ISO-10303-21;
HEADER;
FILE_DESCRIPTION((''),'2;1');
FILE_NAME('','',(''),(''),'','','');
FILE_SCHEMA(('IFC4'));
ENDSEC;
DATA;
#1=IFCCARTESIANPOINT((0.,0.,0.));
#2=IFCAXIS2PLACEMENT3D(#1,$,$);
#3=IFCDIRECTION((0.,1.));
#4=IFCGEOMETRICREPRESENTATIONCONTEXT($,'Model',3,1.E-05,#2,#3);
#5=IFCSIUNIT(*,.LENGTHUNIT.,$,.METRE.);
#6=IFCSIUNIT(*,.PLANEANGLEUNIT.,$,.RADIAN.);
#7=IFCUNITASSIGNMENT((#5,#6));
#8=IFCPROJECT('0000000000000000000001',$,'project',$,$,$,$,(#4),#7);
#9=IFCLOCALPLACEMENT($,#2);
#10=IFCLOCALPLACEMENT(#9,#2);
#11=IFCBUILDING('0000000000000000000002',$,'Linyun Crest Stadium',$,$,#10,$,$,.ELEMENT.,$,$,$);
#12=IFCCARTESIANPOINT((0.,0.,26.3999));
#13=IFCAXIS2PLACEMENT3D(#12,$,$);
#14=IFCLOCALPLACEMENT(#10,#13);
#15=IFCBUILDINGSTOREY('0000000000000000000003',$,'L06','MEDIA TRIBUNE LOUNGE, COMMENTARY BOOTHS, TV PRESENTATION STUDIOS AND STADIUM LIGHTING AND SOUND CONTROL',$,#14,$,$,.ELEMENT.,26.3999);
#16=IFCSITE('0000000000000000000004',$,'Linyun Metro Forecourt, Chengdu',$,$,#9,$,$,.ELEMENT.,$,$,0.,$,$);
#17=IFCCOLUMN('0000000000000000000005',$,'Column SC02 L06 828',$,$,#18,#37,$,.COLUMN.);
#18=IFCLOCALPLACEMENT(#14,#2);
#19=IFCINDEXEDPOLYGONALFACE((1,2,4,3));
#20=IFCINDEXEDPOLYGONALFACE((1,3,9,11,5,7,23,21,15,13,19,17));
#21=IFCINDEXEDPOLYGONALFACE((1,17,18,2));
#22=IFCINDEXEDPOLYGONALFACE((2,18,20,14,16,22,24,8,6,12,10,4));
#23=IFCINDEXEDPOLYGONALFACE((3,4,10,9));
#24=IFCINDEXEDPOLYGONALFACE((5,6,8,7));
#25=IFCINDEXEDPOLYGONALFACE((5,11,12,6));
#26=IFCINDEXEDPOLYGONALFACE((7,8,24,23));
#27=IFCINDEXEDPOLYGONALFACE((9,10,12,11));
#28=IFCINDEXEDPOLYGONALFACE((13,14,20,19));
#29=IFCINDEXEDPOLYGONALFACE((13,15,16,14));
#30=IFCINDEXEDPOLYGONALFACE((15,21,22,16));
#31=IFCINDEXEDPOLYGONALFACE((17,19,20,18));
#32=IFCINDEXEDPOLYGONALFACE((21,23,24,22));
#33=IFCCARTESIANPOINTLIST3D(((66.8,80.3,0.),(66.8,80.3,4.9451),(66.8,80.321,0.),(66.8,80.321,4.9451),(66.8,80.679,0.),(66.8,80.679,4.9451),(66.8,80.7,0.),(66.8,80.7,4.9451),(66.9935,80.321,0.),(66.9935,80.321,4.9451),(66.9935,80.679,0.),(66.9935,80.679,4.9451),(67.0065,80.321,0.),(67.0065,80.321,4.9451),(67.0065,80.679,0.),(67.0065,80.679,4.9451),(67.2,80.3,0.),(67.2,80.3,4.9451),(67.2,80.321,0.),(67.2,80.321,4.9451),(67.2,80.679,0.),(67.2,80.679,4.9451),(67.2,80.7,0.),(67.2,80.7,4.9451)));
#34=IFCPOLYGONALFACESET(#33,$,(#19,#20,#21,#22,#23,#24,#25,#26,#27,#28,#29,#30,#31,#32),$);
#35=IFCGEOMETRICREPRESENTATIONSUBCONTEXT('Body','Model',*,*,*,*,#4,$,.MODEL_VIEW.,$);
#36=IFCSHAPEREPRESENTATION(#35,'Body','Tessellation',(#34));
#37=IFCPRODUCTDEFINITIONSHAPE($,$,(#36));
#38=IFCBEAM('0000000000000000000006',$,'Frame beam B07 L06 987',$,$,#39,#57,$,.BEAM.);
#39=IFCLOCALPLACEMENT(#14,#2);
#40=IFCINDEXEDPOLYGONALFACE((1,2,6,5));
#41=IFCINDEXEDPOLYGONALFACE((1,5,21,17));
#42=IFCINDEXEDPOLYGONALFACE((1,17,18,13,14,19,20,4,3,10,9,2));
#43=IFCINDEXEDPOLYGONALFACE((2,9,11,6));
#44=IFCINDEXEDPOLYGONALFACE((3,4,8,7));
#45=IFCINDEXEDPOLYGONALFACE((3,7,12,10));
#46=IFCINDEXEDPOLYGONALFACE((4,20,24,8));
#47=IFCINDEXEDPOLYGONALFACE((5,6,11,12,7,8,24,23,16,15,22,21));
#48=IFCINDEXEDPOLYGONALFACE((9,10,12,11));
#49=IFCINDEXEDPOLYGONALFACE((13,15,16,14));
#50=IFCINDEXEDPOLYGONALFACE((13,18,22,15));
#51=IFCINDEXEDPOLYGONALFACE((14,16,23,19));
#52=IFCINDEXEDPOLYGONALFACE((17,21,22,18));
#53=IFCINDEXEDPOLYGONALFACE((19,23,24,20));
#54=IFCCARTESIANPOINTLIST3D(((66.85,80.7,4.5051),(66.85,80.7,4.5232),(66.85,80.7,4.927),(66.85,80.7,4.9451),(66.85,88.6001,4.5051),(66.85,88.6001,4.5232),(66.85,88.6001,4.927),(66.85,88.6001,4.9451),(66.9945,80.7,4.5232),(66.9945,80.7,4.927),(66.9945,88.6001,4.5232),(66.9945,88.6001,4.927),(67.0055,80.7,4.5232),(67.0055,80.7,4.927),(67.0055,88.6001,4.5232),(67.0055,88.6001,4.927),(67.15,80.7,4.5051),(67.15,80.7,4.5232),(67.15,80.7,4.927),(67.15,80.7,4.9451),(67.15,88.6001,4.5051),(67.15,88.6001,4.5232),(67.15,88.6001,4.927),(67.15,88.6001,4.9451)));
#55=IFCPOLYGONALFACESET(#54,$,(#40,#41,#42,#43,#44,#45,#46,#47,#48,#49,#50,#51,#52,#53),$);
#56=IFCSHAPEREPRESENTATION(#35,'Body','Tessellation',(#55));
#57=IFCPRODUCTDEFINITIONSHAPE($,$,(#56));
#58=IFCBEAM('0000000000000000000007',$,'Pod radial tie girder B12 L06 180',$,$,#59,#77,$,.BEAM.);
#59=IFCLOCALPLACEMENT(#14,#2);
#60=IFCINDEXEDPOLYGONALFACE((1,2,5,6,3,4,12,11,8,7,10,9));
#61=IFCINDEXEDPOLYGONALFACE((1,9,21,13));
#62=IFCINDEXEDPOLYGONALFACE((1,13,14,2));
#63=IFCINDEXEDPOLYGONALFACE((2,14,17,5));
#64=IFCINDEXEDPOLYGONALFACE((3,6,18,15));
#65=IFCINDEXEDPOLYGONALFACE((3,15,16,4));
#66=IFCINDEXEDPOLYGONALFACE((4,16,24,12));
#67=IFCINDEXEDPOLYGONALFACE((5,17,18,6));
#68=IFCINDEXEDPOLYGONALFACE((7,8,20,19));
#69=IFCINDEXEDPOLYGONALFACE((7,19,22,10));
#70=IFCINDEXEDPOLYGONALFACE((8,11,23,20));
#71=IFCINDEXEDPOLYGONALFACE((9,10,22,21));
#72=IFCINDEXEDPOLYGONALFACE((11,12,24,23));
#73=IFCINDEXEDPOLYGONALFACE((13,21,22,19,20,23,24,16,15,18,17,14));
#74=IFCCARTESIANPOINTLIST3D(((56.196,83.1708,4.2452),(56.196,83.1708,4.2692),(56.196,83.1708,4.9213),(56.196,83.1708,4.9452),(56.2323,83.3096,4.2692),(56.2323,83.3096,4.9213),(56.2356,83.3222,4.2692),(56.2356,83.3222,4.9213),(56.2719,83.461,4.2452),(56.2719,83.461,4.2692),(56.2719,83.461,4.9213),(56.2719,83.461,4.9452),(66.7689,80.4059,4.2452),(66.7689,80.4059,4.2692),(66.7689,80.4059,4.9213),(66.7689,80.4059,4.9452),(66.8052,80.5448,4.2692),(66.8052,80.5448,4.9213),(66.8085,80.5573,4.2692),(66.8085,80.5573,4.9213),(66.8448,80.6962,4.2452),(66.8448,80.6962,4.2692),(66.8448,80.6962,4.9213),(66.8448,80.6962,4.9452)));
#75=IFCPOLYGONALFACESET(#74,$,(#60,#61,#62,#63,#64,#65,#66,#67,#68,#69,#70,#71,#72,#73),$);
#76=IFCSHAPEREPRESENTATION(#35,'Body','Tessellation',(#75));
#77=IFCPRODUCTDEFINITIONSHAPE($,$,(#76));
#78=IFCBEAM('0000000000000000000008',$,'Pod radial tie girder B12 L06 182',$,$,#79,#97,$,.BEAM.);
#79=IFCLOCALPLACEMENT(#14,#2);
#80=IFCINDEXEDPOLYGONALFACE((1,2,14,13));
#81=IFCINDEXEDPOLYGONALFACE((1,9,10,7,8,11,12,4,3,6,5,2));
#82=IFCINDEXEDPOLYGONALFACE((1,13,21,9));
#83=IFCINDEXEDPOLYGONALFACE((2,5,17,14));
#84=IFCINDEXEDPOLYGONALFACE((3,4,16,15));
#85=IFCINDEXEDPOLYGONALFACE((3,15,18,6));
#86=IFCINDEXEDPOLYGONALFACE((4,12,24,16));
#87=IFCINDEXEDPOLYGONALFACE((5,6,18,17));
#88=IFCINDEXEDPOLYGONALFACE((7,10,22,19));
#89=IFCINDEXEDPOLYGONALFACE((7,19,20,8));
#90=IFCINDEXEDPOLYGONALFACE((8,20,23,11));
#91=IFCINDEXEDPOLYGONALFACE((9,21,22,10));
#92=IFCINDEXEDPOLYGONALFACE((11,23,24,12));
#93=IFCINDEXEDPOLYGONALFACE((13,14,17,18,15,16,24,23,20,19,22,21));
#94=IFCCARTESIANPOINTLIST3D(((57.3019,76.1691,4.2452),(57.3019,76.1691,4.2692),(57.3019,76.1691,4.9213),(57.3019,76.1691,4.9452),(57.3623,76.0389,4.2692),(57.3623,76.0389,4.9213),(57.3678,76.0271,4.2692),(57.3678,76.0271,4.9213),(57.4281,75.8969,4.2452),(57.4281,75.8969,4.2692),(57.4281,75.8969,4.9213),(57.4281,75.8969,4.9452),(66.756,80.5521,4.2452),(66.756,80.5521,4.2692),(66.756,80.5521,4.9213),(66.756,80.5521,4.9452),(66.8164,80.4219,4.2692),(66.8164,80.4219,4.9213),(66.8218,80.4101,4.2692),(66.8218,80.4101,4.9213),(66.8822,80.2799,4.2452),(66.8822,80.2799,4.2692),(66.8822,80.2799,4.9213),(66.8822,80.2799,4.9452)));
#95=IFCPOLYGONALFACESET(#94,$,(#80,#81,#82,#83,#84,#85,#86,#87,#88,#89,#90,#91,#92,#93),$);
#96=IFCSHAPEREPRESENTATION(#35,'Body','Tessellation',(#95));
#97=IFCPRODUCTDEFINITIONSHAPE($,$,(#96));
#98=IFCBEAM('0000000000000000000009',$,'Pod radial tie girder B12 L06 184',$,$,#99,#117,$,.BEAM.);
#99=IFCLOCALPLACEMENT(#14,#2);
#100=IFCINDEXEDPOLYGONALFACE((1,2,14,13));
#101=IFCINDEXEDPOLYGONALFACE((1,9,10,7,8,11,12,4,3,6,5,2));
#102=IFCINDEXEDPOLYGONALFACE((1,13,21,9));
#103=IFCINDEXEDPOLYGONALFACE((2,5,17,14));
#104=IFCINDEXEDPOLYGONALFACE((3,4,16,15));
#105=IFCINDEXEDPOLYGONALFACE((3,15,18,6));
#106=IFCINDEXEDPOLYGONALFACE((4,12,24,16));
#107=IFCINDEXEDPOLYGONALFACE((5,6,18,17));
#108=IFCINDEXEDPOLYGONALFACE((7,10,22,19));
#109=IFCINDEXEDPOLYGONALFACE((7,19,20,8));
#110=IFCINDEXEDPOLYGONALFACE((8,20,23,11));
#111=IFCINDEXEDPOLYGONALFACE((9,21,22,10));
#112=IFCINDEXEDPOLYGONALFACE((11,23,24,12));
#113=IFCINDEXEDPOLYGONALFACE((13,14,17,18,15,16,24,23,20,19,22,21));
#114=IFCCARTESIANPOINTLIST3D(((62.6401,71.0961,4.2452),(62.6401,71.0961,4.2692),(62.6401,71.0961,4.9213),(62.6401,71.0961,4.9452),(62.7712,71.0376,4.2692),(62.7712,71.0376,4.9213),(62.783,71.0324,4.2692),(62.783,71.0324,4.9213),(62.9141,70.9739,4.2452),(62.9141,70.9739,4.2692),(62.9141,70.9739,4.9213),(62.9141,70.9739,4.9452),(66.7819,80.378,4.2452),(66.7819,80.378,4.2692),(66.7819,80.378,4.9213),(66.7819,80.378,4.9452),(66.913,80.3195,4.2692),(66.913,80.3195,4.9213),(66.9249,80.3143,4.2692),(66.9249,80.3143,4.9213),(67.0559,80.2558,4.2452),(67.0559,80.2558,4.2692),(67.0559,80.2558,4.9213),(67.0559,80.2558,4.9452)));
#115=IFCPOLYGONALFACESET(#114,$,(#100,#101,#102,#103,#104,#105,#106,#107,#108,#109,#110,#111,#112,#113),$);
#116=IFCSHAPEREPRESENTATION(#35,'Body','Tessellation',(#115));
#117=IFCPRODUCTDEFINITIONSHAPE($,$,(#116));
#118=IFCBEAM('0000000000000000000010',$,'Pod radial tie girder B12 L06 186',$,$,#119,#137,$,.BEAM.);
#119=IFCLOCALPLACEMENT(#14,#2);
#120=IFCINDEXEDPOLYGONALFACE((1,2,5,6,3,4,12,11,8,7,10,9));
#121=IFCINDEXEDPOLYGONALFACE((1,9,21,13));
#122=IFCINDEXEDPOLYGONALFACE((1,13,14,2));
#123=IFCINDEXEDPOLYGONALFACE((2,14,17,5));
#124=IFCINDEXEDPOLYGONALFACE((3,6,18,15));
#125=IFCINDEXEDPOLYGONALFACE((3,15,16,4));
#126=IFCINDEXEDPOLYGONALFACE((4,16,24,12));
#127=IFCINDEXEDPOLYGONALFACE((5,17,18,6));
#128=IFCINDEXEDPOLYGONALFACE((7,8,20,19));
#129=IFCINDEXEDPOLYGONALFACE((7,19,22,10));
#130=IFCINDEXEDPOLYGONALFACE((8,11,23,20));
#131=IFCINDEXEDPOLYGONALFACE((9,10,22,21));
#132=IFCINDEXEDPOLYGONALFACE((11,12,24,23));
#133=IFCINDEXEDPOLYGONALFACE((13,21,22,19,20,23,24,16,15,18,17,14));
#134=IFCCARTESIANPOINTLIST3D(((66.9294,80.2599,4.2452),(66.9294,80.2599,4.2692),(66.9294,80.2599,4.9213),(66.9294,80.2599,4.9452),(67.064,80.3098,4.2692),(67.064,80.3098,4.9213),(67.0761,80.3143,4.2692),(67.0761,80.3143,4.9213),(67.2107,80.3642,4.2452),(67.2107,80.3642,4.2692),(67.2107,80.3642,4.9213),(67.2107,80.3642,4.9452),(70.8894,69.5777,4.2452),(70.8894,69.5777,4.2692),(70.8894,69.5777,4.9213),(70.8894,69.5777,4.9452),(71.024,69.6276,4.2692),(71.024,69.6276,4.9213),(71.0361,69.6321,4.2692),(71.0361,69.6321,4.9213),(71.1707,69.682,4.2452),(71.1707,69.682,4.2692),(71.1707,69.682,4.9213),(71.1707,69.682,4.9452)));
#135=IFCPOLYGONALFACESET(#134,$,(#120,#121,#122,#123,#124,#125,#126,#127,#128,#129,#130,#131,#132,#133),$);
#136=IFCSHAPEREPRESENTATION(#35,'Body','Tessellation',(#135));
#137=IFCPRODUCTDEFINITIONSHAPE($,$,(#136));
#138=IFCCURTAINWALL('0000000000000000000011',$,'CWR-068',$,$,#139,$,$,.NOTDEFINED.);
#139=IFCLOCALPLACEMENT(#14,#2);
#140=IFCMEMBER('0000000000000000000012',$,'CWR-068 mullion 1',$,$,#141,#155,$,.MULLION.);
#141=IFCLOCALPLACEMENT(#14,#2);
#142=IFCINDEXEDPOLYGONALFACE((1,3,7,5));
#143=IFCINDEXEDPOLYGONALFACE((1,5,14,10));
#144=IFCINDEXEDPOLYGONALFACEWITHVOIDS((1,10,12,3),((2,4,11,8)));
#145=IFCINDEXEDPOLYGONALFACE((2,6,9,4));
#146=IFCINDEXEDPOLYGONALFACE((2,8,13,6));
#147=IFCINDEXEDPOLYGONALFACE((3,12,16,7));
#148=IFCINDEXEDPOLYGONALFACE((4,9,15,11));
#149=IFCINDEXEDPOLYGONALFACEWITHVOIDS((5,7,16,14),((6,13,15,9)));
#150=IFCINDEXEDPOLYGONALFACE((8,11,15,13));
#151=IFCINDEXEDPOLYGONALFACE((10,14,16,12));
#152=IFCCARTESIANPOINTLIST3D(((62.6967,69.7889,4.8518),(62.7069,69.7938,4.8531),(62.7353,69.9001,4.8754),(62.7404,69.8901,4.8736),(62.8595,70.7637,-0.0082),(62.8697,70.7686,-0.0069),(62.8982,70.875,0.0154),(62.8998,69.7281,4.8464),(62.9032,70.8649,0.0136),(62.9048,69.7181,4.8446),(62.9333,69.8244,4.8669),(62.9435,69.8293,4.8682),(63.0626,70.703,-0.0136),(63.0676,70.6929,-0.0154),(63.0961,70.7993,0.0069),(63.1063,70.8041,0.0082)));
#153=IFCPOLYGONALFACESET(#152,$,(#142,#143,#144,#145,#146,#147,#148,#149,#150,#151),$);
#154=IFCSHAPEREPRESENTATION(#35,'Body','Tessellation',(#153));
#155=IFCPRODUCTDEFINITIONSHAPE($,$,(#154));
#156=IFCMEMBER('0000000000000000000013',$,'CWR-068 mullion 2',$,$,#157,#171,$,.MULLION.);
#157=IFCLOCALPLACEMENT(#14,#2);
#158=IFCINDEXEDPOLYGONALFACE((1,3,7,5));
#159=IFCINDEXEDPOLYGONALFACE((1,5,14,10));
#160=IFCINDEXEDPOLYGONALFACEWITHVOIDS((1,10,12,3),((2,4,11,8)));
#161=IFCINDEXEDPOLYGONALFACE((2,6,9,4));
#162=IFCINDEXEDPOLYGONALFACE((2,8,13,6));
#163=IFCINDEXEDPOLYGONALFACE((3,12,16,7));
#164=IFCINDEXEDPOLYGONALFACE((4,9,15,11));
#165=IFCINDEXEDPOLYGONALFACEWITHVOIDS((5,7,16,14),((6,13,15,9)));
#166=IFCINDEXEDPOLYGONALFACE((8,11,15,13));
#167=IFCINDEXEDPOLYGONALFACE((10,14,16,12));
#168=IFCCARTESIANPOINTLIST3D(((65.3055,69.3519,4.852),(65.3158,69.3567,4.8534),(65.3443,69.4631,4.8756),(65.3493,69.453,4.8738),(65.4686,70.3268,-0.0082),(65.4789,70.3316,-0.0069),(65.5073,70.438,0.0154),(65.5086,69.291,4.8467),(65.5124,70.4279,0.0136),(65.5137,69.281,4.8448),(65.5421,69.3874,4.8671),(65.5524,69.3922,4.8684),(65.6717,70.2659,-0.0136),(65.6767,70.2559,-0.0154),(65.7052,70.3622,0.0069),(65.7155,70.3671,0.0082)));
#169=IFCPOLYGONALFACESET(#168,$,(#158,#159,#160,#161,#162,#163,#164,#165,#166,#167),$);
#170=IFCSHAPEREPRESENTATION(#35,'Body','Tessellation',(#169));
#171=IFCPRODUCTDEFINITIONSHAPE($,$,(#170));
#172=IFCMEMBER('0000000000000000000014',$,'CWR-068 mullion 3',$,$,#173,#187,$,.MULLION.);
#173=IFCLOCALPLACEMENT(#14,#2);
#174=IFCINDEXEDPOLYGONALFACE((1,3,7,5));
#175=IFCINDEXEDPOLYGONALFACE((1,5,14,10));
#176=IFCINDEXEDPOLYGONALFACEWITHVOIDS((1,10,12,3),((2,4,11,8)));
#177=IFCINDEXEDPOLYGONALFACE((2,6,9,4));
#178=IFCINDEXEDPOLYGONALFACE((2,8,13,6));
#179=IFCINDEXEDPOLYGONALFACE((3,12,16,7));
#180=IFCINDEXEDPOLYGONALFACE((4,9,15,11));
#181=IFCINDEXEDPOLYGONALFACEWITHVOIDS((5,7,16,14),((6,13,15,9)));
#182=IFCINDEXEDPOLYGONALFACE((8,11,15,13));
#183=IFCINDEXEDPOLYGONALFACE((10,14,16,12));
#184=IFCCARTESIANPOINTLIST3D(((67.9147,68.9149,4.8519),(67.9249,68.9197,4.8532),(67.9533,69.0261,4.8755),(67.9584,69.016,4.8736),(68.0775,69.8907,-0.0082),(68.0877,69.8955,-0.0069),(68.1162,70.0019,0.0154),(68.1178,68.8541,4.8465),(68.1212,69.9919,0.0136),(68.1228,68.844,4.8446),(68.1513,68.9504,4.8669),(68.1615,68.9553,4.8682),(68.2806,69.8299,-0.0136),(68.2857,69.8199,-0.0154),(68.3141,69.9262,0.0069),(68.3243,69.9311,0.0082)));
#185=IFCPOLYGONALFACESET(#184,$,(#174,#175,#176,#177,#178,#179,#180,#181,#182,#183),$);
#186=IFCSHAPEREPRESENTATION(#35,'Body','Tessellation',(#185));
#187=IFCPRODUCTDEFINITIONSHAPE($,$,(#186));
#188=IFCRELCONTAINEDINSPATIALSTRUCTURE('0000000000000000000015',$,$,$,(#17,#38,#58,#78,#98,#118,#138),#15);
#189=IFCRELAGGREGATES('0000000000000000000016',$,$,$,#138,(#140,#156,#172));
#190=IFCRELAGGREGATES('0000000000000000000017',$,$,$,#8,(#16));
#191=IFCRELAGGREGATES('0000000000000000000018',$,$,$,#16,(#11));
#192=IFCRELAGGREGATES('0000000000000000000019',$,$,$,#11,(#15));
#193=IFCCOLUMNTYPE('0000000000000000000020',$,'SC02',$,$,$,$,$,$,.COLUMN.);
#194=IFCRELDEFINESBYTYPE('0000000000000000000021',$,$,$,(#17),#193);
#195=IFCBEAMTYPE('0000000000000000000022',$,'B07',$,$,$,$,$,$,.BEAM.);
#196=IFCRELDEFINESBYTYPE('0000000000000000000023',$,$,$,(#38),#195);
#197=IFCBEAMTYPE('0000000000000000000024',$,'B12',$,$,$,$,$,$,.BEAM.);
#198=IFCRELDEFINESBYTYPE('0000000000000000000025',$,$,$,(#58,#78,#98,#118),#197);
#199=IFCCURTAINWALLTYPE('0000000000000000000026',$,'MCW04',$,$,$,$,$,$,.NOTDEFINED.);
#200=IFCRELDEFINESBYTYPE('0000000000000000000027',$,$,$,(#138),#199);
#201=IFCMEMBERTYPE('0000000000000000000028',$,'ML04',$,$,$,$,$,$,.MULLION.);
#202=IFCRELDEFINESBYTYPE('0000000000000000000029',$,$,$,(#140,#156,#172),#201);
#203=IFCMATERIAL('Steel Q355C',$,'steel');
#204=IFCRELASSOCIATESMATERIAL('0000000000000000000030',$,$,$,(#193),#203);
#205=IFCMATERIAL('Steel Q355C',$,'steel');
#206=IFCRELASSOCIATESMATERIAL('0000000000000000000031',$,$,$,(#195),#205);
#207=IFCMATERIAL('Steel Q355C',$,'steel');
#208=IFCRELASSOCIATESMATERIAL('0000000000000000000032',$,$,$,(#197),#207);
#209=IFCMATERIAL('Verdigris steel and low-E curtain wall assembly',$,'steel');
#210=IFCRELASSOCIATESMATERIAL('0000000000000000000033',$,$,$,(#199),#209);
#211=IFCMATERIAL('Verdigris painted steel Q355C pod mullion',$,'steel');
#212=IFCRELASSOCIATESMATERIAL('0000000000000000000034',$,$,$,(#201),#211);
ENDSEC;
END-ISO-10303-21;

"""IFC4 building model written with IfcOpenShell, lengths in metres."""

from ifc_helpers import new_model, si_unit, direction, frame, origin, origin_2d, place, context, subcontext, project, spatial, hollow_rectangle, i_section, extrude, material, material_profile, profile_set, type_object, element, aggregate, save


model = new_model("IFC4")

# Units and contexts
model_context = context("Model", 3, precision=1e-05, world=origin(), true_north=direction((0.0, 1.0)))
body_context = subcontext(model_context, "Body", "Model", "MODEL_VIEW")
ifc_project = project(units=[si_unit("LENGTHUNIT", "METRE"), si_unit("PLANEANGLEUNIT", "RADIAN")], contexts=[model_context])

# Site, building, storey
site_placement = place(None, origin())
site = spatial("IfcSite", under=ifc_project, at=site_placement, Name="Linyun Metro Forecourt, Chengdu", CompositionType="ELEMENT", RefElevation=0.0)
building_placement = place(site_placement, origin())
building = spatial("IfcBuilding", under=site, at=building_placement, Name="Linyun Crest Stadium", CompositionType="ELEMENT")
storey_placement = place(building_placement, frame((0.0, 0.0, 26.3999)))
storey = spatial("IfcBuildingStorey", under=building, at=storey_placement, Name="L06", Description="MEDIA TRIBUNE LOUNGE, COMMENTARY BOOTHS, TV PRESENTATION STUDIOS AND STADIUM LIGHTING AND SOUND CONTROL", CompositionType="ELEMENT", Elevation=26.3999)

# Column
ifc_material_1 = material(Name="Steel Q355C", Category="steel")
ifc_material_profile_1 = material_profile(ifc_material_1, i_section(OverallWidth=0.3999, OverallDepth=0.3999, WebThickness=0.0129, FlangeThickness=0.021, at=origin_2d()), Name="HW 400x400")
ifc_profile_set_1 = profile_set([ifc_material_profile_1], Name="Steel Q355C")
column_type = type_object("IfcColumnType", Name="SC02", PredefinedType="COLUMN", material=ifc_profile_set_1)
column_placement = place(storey_placement, frame((67.0, 80.5, 0.0), z_axis=(0.0, 0.0, 1.0), x_axis=(1.0, 0.0, 0.0)))
element("IfcColumn", 1, at=column_placement, inside=storey, type_object=column_type, Name="Column SC02 L06 828", PredefinedType="COLUMN", context=body_context, shape_type="SweptSolid", body=[
    extrude(i_section(OverallWidth=0.3999, OverallDepth=0.3999, WebThickness=0.0129, FlangeThickness=0.021, at=origin_2d()), origin(), (0.0, 0.0, 1.0), 4.9451),
])

# Beams
ifc_material_2 = material(Name="Steel Q355C", Category="steel")
ifc_material_profile_2 = material_profile(ifc_material_2, i_section(OverallWidth=0.3, OverallDepth=0.4399, WebThickness=0.011, FlangeThickness=0.0181, at=origin_2d()), Name="HM 440x300")
ifc_profile_set_2 = profile_set([ifc_material_profile_2], Name="Steel Q355C")
beam_type_1 = type_object("IfcBeamType", Name="B07", PredefinedType="BEAM", material=ifc_profile_set_2)
beam_1_placement = place(storey_placement, frame((67.0, 80.7, 4.7251), z_axis=(0.0, 1.0, 0.0), x_axis=(-1.0, 0.0, 0.0)))
element("IfcBeam", 2, at=beam_1_placement, inside=storey, type_object=beam_type_1, Name="Frame beam B07 L06 987", PredefinedType="BEAM", context=body_context, shape_type="SweptSolid", body=[
    extrude(i_section(OverallWidth=0.3, OverallDepth=0.4399, WebThickness=0.011, FlangeThickness=0.0181, at=origin_2d()), origin(), (0.0, 0.0, 1.0), 7.9001),
])
ifc_material_3 = material(Name="Steel Q355C", Category="steel")
ifc_material_profile_3 = material_profile(ifc_material_3, i_section(OverallWidth=0.3, OverallDepth=0.7, WebThickness=0.0129, FlangeThickness=0.0239, at=origin_2d()), Name="HN 700x300")
ifc_profile_set_3 = profile_set([ifc_material_profile_3], Name="Steel Q355C")
beam_type_2 = type_object("IfcBeamType", Name="B12", PredefinedType="BEAM", material=ifc_profile_set_3)
beam_2_placement = place(storey_placement, frame((66.8069, 80.551, 4.5952), z_axis=(-0.967467, 0.252998, 0.0), x_axis=(-0.252998, -0.967467, 0.0)))
element("IfcBeam", 3, at=beam_2_placement, inside=storey, type_object=beam_type_2, Name="Pod radial tie girder B12 L06 180", PredefinedType="BEAM", context=body_context, shape_type="SweptSolid", body=[
    extrude(i_section(OverallWidth=0.3, OverallDepth=0.7, WebThickness=0.0129, FlangeThickness=0.0239, at=origin_2d()), origin(), (0.0, 0.0, 1.0), 10.9285),
])
beam_3_placement = place(storey_placement, frame((66.8191, 80.416, 4.5952), z_axis=(-0.907241, -0.42061, 0.0), x_axis=(0.42061, -0.907241, 0.0)))
element("IfcBeam", 4, at=beam_3_placement, inside=storey, type_object=beam_type_2, Name="Pod radial tie girder B12 L06 182", PredefinedType="BEAM", context=body_context, shape_type="SweptSolid", body=[
    extrude(i_section(OverallWidth=0.3, OverallDepth=0.7, WebThickness=0.0129, FlangeThickness=0.0239, at=origin_2d()), origin(), (0.0, 0.0, 1.0), 10.4207),
])
beam_4_placement = place(storey_placement, frame((66.9189, 80.3169, 4.5952), z_axis=(-0.407495, -0.913207, 0.0), x_axis=(0.913207, -0.407495, 0.0)))
element("IfcBeam", 5, at=beam_4_placement, inside=storey, type_object=beam_type_2, Name="Pod radial tie girder B12 L06 184", PredefinedType="BEAM", context=body_context, shape_type="SweptSolid", body=[
    extrude(i_section(OverallWidth=0.3, OverallDepth=0.7, WebThickness=0.0129, FlangeThickness=0.0239, at=origin_2d()), origin(), (0.0, 0.0, 1.0), 10.1641),
])
beam_5_placement = place(storey_placement, frame((67.0701, 80.312, 4.5952), z_axis=(0.347594, -0.937645, 0.0), x_axis=(0.937645, 0.347594, 0.0)))
element("IfcBeam", 6, at=beam_5_placement, inside=storey, type_object=beam_type_2, Name="Pod radial tie girder B12 L06 186", PredefinedType="BEAM", context=body_context, shape_type="SweptSolid", body=[
    extrude(i_section(OverallWidth=0.3, OverallDepth=0.7, WebThickness=0.0129, FlangeThickness=0.0239, at=origin_2d()), origin(), (0.0, 0.0, 1.0), 11.3926),
])

# Curtain wall, members
ifc_material_4 = material(Name="Verdigris steel and low-E curtain wall assembly", Category="steel")
curtain_wall_type = type_object("IfcCurtainWallType", Name="MCW04", PredefinedType="NOTDEFINED", material=ifc_material_4)
curtain_wall_placement = place(storey_placement, origin())
curtain_wall = element("IfcCurtainWall", 7, at=curtain_wall_placement, inside=storey, type_object=curtain_wall_type, Name="CWR-068", PredefinedType="NOTDEFINED")
ifc_material_5 = material(Name="Verdigris painted steel Q355C pod mullion", Category="steel")
ifc_material_profile_4 = material_profile(ifc_material_5, hollow_rectangle(XDim=0.1201, YDim=0.22, WallThickness=0.0081, at=origin_2d()), Name="RHS 220x120x8")
ifc_profile_set_4 = profile_set([ifc_material_profile_4], Name="Verdigris painted steel Q355C pod mullion")
member_type_1 = type_object("IfcMemberType", Name="ML04", PredefinedType="MULLION", material=ifc_profile_set_4)
member_1_placement = place(storey_placement, frame((62.9829, 70.7839, 0.0), z_axis=(-0.032834, -0.196559, 0.979942), x_axis=(0.322033, 0.926101, 0.19655)))
member_1 = element("IfcMember", 8, at=member_1_placement, type_object=member_type_1, Name="CWR-068 mullion 1", PredefinedType="MULLION", context=body_context, shape_type="SweptSolid", body=[
    extrude(hollow_rectangle(XDim=0.1201, YDim=0.22, WallThickness=0.0081, at=origin_2d()), origin(), (0.0, 0.0, 1.0), 4.9595),
])
member_2_placement = place(storey_placement, frame((65.592, 70.3469, 0.0), z_axis=(-0.032883, -0.196559, 0.97994), x_axis=(0.322258, 0.926021, 0.196558)))
member_2 = element("IfcMember", 9, at=member_2_placement, type_object=member_type_1, Name="CWR-068 mullion 2", PredefinedType="MULLION", context=body_context, shape_type="SweptSolid", body=[
    extrude(hollow_rectangle(XDim=0.1201, YDim=0.22, WallThickness=0.0081, at=origin_2d()), origin(), (0.0, 0.0, 1.0), 4.9597),
])
member_3_placement = place(storey_placement, frame((68.2009, 69.9109, 0.0), z_axis=(-0.032832, -0.196749, 0.979904), x_axis=(0.321876, 0.926117, 0.196734)))
member_3 = element("IfcMember", 10, at=member_3_placement, type_object=member_type_1, Name="CWR-068 mullion 3", PredefinedType="MULLION", context=body_context, shape_type="SweptSolid", body=[
    extrude(hollow_rectangle(XDim=0.1201, YDim=0.22, WallThickness=0.0081, at=origin_2d()), origin(), (0.0, 0.0, 1.0), 4.9597),
])
aggregate(curtain_wall, [member_1, member_2, member_3])

save(model, "model.ifc")
